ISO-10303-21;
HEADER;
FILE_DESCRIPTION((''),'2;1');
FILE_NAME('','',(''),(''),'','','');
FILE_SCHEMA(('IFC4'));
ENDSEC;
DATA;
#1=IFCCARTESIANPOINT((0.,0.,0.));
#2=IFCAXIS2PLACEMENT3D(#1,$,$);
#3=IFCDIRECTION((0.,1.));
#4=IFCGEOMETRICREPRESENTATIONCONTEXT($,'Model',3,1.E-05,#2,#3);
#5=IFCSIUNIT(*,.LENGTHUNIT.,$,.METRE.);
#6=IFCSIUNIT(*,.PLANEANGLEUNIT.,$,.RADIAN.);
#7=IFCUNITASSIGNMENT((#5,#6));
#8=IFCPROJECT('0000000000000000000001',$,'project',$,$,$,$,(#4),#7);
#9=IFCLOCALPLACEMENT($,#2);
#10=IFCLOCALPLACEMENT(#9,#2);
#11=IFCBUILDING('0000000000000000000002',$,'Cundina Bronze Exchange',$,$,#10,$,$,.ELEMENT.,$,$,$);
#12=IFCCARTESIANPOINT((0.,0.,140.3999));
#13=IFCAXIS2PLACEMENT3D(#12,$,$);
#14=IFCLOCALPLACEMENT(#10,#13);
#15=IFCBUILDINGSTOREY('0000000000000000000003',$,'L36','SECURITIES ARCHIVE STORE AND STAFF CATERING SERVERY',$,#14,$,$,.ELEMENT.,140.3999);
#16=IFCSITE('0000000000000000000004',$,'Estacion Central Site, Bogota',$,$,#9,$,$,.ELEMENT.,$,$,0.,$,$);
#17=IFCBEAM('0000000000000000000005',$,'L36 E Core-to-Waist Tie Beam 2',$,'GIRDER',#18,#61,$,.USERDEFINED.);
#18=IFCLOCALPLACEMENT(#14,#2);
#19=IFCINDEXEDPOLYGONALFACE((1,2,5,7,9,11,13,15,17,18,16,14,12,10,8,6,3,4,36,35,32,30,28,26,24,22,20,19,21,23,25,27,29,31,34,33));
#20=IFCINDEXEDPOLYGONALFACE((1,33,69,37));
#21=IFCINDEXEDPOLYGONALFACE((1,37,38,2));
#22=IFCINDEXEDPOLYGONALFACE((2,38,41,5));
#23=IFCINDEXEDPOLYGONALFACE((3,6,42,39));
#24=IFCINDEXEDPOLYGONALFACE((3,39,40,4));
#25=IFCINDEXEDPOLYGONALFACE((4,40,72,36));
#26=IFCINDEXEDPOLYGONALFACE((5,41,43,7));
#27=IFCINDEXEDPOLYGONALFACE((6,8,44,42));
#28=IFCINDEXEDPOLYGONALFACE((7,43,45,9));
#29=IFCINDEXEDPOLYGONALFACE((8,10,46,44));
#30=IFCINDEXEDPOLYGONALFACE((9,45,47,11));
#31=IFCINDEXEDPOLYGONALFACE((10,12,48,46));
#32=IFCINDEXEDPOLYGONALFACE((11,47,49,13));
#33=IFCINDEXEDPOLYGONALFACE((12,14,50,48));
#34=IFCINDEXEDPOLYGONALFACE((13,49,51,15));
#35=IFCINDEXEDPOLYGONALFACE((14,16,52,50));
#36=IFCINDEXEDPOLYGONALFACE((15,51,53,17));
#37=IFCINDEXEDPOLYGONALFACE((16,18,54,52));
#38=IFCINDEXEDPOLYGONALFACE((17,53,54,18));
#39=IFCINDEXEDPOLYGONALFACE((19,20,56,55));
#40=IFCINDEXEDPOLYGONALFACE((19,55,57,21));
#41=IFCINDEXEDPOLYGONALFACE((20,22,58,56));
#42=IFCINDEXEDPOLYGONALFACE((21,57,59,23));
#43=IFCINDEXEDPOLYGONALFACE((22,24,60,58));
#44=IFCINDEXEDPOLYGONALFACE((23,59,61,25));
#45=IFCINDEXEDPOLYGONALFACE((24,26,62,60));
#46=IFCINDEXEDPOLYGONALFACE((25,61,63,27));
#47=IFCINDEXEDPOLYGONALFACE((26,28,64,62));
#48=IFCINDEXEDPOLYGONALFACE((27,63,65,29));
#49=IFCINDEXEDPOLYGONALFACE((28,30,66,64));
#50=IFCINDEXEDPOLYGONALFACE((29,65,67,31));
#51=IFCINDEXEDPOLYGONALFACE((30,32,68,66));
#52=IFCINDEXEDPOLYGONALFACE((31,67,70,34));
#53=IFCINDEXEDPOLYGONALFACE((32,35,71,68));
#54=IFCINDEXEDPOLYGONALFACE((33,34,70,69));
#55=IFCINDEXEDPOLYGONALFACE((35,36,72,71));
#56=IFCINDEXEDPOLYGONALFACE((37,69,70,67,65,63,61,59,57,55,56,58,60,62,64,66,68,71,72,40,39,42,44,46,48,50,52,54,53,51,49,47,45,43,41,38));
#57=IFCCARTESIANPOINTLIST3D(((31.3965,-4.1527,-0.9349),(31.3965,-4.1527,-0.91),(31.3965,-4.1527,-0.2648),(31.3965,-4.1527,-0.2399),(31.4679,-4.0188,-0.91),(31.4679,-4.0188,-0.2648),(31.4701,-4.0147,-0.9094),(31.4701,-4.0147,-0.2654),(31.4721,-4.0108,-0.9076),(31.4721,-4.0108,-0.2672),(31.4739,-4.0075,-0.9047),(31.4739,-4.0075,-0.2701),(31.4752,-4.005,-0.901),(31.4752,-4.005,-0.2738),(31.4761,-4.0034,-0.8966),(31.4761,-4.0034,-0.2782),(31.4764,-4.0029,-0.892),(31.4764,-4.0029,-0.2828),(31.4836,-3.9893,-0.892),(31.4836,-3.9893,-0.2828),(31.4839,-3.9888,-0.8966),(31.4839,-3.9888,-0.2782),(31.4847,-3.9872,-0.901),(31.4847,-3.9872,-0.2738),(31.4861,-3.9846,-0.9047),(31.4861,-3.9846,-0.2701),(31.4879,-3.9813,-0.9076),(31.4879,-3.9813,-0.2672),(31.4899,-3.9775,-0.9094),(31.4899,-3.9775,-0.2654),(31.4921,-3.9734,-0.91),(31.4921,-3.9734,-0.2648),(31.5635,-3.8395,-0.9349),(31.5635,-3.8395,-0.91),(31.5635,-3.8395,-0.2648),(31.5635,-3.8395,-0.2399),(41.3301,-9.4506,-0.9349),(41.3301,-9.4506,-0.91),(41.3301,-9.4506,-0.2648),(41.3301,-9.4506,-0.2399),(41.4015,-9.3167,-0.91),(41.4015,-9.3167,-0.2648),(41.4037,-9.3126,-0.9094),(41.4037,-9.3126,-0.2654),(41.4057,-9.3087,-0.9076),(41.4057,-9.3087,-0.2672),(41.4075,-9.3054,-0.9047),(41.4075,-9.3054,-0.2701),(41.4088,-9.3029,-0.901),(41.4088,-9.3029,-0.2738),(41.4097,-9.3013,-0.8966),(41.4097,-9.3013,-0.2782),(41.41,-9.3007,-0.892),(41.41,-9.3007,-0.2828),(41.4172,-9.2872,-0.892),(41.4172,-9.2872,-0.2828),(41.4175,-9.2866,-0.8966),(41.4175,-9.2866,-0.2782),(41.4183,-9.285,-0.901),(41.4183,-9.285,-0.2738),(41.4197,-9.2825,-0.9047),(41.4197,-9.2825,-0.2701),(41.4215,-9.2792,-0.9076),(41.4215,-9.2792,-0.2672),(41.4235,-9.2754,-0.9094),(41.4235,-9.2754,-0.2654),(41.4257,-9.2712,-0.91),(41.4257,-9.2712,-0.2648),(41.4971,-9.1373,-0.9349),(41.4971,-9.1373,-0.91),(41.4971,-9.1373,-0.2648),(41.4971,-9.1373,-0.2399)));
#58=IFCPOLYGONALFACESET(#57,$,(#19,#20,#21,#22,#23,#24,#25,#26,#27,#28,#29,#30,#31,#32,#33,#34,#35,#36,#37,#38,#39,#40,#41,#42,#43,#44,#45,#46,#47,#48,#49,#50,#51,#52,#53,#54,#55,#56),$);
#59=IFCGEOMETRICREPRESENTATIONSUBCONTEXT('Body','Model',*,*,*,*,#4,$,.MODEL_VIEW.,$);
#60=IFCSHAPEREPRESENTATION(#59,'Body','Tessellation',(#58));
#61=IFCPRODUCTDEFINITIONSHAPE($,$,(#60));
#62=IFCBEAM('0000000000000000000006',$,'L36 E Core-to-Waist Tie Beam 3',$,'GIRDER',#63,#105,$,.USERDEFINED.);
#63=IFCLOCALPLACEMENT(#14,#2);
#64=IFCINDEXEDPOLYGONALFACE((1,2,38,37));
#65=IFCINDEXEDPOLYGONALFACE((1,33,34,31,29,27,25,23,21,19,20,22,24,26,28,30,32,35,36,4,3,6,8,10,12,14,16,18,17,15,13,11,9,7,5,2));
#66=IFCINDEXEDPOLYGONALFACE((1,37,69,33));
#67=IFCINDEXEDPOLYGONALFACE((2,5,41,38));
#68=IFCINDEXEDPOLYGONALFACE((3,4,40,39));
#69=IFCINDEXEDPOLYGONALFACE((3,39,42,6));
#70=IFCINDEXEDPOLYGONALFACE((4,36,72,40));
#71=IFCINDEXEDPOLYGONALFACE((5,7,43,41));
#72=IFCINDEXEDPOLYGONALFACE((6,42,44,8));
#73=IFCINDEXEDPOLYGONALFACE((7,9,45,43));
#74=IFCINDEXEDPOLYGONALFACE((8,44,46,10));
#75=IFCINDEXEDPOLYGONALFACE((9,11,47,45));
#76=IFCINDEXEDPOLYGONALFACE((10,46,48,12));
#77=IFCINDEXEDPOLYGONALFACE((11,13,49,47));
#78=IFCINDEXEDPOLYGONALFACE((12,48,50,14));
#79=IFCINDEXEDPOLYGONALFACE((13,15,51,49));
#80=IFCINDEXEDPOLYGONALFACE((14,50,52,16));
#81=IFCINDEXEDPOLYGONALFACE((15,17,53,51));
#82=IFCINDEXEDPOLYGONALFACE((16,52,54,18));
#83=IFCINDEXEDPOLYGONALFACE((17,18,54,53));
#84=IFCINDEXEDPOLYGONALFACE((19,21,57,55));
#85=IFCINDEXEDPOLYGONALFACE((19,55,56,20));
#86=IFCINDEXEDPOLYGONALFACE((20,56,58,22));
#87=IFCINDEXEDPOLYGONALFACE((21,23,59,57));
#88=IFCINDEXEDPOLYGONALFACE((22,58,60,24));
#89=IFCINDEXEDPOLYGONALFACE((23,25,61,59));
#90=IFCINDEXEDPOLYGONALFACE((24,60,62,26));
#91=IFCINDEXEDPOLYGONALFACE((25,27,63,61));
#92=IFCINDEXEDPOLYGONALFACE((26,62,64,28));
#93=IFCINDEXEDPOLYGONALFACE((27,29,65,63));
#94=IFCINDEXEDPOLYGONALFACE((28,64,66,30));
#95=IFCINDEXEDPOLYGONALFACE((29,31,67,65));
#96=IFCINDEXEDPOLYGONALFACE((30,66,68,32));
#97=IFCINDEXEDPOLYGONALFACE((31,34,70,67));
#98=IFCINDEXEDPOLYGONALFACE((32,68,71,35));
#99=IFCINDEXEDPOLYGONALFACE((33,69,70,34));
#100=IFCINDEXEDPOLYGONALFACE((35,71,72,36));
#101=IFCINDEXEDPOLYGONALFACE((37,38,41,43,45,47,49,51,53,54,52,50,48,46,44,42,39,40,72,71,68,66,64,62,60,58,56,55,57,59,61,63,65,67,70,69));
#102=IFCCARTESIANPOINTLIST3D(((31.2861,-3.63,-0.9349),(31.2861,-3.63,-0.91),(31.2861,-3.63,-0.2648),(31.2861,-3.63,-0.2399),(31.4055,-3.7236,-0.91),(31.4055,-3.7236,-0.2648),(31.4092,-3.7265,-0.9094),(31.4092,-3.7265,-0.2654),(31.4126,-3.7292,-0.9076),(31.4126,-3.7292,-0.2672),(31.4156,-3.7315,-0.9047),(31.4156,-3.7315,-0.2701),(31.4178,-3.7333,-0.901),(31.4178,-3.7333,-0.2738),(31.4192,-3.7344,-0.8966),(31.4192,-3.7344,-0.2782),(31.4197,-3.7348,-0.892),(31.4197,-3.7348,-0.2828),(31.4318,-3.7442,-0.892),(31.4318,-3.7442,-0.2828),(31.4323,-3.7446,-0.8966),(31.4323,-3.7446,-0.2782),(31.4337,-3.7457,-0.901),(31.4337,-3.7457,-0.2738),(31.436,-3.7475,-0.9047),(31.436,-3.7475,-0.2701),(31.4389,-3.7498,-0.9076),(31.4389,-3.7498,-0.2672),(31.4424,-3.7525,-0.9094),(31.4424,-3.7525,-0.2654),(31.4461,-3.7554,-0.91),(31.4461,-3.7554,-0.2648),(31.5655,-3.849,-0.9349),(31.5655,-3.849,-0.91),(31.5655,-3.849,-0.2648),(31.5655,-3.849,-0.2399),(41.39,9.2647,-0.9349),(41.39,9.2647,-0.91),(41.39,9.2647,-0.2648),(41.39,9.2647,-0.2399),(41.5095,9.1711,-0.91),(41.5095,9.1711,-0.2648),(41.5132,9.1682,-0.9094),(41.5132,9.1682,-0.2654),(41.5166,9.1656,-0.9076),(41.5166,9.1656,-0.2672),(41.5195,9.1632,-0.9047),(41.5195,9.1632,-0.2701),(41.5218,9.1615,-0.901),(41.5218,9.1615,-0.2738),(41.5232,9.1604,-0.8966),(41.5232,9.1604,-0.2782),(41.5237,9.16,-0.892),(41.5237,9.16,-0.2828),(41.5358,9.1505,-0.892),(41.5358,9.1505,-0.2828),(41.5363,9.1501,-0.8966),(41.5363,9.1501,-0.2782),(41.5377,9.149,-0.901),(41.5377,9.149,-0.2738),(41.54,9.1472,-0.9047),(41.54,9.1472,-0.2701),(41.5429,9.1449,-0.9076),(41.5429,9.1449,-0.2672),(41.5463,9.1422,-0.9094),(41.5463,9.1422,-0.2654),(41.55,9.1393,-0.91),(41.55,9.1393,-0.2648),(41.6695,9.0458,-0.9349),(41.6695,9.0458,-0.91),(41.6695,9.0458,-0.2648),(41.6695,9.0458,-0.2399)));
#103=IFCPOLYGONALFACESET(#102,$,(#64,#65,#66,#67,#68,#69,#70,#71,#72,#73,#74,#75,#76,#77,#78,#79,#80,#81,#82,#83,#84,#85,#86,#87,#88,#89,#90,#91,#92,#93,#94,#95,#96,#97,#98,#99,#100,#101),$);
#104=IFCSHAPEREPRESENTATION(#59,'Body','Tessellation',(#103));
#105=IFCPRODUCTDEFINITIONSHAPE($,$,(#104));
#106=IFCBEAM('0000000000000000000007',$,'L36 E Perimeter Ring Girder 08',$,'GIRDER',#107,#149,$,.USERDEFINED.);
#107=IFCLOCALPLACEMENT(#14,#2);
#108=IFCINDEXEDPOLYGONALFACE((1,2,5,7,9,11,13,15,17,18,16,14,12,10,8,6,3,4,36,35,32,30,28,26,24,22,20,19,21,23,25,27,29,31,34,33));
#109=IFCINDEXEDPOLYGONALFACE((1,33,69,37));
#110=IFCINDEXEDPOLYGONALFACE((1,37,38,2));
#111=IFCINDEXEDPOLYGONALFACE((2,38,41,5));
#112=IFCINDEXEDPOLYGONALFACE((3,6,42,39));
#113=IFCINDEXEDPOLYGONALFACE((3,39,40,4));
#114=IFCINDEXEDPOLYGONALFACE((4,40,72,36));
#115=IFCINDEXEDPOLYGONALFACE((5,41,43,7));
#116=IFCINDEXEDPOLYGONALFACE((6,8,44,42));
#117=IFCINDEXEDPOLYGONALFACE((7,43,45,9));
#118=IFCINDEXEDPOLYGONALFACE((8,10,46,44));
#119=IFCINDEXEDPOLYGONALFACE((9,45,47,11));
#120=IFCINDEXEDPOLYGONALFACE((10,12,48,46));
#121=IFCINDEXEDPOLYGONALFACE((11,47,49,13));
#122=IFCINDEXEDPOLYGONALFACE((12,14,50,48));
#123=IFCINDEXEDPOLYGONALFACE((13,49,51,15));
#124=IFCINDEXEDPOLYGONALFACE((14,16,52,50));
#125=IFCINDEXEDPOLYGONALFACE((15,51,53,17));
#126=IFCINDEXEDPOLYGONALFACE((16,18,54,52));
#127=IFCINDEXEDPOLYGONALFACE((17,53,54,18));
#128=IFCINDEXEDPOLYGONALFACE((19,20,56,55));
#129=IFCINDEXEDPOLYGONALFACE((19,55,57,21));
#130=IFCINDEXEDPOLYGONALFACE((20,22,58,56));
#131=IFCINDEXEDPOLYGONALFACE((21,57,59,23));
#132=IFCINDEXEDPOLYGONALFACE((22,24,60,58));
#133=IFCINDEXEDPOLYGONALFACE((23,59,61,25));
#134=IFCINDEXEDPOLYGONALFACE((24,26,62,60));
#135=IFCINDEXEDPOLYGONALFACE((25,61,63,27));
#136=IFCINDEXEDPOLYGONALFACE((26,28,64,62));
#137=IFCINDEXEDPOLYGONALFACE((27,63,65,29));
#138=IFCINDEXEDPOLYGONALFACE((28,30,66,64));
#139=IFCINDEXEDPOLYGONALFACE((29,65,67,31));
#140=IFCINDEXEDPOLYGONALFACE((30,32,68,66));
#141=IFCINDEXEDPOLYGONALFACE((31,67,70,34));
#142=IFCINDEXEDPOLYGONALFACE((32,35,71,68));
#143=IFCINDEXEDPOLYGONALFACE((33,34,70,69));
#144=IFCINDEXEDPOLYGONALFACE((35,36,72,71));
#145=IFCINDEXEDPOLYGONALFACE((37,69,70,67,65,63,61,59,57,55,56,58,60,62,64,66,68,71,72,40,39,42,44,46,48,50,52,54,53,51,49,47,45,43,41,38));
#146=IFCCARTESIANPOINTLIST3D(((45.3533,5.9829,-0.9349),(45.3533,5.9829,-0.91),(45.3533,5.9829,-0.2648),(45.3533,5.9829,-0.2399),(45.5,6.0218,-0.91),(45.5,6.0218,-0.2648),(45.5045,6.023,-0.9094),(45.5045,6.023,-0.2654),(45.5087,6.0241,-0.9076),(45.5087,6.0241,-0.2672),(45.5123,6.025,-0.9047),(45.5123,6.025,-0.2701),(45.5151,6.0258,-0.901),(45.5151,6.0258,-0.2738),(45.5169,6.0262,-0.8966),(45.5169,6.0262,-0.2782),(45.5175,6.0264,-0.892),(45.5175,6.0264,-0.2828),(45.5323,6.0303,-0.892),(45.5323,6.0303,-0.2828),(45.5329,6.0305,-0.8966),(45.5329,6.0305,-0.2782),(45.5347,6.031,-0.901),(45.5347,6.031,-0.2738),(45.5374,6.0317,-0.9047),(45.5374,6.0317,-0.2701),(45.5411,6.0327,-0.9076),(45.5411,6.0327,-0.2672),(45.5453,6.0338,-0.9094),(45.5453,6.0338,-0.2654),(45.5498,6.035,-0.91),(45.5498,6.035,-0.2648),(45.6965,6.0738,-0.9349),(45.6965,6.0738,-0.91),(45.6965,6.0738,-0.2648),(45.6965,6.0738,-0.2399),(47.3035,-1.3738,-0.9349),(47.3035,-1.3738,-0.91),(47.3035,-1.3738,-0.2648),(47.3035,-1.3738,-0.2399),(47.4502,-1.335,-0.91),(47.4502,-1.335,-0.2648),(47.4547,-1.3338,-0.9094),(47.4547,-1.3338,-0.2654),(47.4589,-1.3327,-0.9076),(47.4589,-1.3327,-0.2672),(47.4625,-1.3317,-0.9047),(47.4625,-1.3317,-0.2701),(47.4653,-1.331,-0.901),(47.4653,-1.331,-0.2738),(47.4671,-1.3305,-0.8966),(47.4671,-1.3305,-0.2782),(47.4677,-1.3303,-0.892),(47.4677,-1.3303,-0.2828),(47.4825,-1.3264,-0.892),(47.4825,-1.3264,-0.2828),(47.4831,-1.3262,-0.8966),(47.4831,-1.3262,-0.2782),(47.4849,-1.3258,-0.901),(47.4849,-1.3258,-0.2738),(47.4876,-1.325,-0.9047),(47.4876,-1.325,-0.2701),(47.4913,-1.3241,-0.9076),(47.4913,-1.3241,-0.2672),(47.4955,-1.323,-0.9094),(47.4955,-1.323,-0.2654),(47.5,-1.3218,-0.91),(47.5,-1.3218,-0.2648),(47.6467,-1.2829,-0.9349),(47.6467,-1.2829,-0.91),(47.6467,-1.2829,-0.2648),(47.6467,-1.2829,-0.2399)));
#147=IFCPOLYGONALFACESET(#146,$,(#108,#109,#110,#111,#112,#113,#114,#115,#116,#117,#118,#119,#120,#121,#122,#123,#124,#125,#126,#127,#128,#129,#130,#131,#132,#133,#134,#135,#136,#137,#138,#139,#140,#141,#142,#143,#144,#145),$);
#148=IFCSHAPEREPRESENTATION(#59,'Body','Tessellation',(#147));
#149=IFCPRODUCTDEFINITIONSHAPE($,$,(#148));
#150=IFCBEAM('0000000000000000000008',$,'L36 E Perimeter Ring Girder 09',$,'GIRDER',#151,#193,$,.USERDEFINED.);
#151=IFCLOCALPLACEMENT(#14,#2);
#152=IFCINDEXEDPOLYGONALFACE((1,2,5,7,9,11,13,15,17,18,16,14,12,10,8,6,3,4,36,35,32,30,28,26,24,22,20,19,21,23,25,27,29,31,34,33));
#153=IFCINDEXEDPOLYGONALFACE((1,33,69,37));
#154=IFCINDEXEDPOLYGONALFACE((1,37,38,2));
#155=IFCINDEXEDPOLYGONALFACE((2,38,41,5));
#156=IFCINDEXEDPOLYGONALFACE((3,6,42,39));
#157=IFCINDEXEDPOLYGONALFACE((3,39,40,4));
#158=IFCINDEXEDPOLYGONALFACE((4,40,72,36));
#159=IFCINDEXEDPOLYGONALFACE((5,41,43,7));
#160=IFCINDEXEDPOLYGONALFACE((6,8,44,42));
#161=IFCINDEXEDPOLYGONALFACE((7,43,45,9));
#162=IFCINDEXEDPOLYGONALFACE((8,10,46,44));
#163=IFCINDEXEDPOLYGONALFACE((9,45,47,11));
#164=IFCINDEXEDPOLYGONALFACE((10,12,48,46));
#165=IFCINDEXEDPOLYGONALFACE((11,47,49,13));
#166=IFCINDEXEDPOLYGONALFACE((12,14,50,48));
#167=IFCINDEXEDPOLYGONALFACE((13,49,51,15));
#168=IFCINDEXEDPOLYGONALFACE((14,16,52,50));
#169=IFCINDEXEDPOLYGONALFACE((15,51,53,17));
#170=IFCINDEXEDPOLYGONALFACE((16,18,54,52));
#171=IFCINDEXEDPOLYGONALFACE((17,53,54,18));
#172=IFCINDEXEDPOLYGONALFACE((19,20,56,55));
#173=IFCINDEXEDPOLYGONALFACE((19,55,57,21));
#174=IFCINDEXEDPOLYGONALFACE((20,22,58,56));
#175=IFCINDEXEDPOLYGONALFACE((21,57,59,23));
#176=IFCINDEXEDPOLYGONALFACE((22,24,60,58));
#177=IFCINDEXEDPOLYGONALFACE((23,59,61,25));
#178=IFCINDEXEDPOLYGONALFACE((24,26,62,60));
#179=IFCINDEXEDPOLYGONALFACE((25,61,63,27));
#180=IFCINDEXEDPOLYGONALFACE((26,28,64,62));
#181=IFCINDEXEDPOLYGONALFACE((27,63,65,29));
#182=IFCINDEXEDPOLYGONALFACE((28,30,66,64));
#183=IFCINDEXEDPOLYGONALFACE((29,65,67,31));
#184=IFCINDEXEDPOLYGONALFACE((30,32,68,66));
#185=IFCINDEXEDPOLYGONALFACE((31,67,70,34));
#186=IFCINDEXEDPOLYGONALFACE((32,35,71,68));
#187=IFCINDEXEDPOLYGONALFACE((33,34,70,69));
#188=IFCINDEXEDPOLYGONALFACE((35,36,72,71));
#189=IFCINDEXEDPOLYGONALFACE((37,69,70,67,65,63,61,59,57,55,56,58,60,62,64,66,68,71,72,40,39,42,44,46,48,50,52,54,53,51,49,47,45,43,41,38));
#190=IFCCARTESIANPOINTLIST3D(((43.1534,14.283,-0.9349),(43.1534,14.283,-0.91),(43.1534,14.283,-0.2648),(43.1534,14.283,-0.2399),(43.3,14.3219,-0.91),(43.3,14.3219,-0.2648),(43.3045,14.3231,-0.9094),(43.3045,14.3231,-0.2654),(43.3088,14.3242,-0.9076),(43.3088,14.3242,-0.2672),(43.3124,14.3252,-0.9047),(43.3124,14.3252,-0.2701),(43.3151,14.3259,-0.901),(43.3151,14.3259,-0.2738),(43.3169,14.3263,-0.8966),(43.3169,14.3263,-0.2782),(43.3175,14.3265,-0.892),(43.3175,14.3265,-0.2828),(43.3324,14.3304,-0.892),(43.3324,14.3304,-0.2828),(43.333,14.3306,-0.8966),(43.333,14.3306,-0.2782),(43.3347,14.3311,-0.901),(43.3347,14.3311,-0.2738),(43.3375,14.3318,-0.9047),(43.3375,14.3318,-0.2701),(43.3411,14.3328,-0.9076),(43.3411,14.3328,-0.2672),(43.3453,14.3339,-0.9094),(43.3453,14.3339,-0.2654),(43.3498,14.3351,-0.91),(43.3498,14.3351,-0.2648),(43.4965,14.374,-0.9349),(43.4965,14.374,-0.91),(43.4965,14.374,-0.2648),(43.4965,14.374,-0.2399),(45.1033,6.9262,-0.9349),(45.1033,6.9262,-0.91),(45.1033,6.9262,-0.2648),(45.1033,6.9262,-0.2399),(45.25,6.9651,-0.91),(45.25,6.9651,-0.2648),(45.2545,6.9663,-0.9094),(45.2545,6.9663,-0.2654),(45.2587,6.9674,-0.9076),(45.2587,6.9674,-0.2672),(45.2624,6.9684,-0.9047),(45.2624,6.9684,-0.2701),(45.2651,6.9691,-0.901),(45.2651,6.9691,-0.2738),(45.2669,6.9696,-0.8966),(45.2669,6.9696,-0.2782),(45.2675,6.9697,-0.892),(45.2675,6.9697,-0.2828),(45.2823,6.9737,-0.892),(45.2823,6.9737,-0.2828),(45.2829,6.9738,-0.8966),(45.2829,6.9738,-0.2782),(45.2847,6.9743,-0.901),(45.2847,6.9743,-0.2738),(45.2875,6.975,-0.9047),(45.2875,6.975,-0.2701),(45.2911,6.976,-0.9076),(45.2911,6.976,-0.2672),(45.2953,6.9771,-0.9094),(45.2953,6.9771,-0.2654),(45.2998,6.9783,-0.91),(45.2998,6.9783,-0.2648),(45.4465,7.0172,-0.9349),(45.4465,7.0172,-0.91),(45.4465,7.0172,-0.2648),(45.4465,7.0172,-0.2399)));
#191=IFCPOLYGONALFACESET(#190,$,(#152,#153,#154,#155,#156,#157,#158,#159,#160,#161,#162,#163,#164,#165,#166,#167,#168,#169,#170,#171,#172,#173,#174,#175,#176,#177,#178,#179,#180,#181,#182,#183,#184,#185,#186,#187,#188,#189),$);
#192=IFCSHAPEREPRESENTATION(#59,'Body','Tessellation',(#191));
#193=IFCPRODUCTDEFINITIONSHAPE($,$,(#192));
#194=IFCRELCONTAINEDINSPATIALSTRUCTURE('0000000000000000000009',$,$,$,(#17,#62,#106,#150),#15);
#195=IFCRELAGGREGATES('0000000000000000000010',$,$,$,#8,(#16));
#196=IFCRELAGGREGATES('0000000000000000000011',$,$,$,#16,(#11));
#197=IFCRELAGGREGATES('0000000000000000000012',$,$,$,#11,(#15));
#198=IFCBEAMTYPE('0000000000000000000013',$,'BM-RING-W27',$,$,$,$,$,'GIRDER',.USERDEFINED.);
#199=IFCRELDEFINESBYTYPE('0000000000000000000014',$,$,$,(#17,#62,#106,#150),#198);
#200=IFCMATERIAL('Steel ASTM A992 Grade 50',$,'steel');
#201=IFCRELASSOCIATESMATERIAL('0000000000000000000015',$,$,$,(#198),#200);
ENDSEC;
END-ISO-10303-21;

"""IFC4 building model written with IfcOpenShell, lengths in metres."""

from ifc_helpers import new_model, si_unit, direction, frame, origin, origin_2d, place, context, subcontext, project, spatial, i_section, extrude, material, material_profile, profile_set, type_object, element, save


model = new_model("IFC4")

# Units and contexts
model_context = context("Model", 3, precision=1e-05, world=origin(), true_north=direction((0.0, 1.0)))
body_context = subcontext(model_context, "Body", "Model", "MODEL_VIEW")
ifc_project = project(units=[si_unit("LENGTHUNIT", "METRE"), si_unit("PLANEANGLEUNIT", "RADIAN")], contexts=[model_context])

# Site, building, storey
site_placement = place(None, origin())
site = spatial("IfcSite", under=ifc_project, at=site_placement, Name="Estacion Central Site, Bogota", CompositionType="ELEMENT", RefElevation=0.0)
building_placement = place(site_placement, origin())
building = spatial("IfcBuilding", under=site, at=building_placement, Name="Cundina Bronze Exchange", CompositionType="ELEMENT")
storey_placement = place(building_placement, frame((0.0, 0.0, 140.3999)))
storey = spatial("IfcBuildingStorey", under=building, at=storey_placement, Name="L36", Description="SECURITIES ARCHIVE STORE AND STAFF CATERING SERVERY", CompositionType="ELEMENT", Elevation=140.3999)

# Shared definitions
ifc_material_1 = material(Name="Steel ASTM A992 Grade 50", Category="steel")

# Beams
ifc_material_profile_1 = material_profile(ifc_material_1, i_section(OverallWidth=0.355, OverallDepth=0.6951, WebThickness=0.0154, FlangeThickness=0.0249, FilletRadius=0.0181, at=origin_2d()), Name="W27X146", Category="steel")
ifc_profile_set_1 = profile_set([ifc_material_profile_1], Name="Steel ASTM A992 Grade 50")
beam_type_1 = type_object("IfcBeamType", Name="BM-RING-W27", ElementType="GIRDER", PredefinedType="USERDEFINED", material=ifc_profile_set_1)
beam_1_placement = place(storey_placement, frame((31.48, -3.9961, -0.5874), z_axis=(0.882355, -0.470584, 0.0), x_axis=(0.470584, 0.882355, 0.0)))
element("IfcBeam", 1, at=beam_1_placement, inside=storey, type_object=beam_type_1, Name="L36 E Core-to-Waist Tie Beam 2", ObjectType="GIRDER", PredefinedType="USERDEFINED", context=body_context, shape_type="SweptSolid", body=[
    extrude(i_section(OverallWidth=0.355, OverallDepth=0.6951, WebThickness=0.0154, FlangeThickness=0.0249, FilletRadius=0.0181, at=origin_2d()), origin(), (0.0, 0.0, 1.0), 11.2581),
])
beam_2_placement = place(storey_placement, frame((31.4258, -3.7395, -0.5874), z_axis=(0.616779, 0.787136, 0.0), x_axis=(-0.787136, 0.616779, 0.0)))
element("IfcBeam", 2, at=beam_2_placement, inside=storey, type_object=beam_type_1, Name="L36 E Core-to-Waist Tie Beam 3", ObjectType="GIRDER", PredefinedType="USERDEFINED", context=body_context, shape_type="SweptSolid", body=[
    extrude(i_section(OverallWidth=0.355, OverallDepth=0.6951, WebThickness=0.0154, FlangeThickness=0.0249, FilletRadius=0.0181, at=origin_2d()), origin(), (0.0, 0.0, 1.0), 16.3818),
])
for number, where, z_axis, x_axis, name in (
    (3, (47.4751, -1.3284, -0.5874), (-0.256241, 0.966613, 0.0), (-0.966613, -0.256241, 0.0), "L36 E Perimeter Ring Girder 08"),
    (4, (45.2749, 6.9717, -0.5874), (-0.256211, 0.966621, 0.0), (-0.966621, -0.256211, 0.0), "L36 E Perimeter Ring Girder 09"),
):
    element("IfcBeam", number, at=place(storey_placement, frame(where, z_axis=z_axis, x_axis=x_axis)), inside=storey, type_object=beam_type_1, Name=name, ObjectType="GIRDER", PredefinedType="USERDEFINED", context=body_context, shape_type="SweptSolid", body=[
        extrude(i_section(OverallWidth=0.355, OverallDepth=0.6951, WebThickness=0.0154, FlangeThickness=0.0249, FilletRadius=0.0181, at=origin_2d()), origin(), (0.0, 0.0, 1.0), 7.6108),
    ])

save(model, "model.ifc")
